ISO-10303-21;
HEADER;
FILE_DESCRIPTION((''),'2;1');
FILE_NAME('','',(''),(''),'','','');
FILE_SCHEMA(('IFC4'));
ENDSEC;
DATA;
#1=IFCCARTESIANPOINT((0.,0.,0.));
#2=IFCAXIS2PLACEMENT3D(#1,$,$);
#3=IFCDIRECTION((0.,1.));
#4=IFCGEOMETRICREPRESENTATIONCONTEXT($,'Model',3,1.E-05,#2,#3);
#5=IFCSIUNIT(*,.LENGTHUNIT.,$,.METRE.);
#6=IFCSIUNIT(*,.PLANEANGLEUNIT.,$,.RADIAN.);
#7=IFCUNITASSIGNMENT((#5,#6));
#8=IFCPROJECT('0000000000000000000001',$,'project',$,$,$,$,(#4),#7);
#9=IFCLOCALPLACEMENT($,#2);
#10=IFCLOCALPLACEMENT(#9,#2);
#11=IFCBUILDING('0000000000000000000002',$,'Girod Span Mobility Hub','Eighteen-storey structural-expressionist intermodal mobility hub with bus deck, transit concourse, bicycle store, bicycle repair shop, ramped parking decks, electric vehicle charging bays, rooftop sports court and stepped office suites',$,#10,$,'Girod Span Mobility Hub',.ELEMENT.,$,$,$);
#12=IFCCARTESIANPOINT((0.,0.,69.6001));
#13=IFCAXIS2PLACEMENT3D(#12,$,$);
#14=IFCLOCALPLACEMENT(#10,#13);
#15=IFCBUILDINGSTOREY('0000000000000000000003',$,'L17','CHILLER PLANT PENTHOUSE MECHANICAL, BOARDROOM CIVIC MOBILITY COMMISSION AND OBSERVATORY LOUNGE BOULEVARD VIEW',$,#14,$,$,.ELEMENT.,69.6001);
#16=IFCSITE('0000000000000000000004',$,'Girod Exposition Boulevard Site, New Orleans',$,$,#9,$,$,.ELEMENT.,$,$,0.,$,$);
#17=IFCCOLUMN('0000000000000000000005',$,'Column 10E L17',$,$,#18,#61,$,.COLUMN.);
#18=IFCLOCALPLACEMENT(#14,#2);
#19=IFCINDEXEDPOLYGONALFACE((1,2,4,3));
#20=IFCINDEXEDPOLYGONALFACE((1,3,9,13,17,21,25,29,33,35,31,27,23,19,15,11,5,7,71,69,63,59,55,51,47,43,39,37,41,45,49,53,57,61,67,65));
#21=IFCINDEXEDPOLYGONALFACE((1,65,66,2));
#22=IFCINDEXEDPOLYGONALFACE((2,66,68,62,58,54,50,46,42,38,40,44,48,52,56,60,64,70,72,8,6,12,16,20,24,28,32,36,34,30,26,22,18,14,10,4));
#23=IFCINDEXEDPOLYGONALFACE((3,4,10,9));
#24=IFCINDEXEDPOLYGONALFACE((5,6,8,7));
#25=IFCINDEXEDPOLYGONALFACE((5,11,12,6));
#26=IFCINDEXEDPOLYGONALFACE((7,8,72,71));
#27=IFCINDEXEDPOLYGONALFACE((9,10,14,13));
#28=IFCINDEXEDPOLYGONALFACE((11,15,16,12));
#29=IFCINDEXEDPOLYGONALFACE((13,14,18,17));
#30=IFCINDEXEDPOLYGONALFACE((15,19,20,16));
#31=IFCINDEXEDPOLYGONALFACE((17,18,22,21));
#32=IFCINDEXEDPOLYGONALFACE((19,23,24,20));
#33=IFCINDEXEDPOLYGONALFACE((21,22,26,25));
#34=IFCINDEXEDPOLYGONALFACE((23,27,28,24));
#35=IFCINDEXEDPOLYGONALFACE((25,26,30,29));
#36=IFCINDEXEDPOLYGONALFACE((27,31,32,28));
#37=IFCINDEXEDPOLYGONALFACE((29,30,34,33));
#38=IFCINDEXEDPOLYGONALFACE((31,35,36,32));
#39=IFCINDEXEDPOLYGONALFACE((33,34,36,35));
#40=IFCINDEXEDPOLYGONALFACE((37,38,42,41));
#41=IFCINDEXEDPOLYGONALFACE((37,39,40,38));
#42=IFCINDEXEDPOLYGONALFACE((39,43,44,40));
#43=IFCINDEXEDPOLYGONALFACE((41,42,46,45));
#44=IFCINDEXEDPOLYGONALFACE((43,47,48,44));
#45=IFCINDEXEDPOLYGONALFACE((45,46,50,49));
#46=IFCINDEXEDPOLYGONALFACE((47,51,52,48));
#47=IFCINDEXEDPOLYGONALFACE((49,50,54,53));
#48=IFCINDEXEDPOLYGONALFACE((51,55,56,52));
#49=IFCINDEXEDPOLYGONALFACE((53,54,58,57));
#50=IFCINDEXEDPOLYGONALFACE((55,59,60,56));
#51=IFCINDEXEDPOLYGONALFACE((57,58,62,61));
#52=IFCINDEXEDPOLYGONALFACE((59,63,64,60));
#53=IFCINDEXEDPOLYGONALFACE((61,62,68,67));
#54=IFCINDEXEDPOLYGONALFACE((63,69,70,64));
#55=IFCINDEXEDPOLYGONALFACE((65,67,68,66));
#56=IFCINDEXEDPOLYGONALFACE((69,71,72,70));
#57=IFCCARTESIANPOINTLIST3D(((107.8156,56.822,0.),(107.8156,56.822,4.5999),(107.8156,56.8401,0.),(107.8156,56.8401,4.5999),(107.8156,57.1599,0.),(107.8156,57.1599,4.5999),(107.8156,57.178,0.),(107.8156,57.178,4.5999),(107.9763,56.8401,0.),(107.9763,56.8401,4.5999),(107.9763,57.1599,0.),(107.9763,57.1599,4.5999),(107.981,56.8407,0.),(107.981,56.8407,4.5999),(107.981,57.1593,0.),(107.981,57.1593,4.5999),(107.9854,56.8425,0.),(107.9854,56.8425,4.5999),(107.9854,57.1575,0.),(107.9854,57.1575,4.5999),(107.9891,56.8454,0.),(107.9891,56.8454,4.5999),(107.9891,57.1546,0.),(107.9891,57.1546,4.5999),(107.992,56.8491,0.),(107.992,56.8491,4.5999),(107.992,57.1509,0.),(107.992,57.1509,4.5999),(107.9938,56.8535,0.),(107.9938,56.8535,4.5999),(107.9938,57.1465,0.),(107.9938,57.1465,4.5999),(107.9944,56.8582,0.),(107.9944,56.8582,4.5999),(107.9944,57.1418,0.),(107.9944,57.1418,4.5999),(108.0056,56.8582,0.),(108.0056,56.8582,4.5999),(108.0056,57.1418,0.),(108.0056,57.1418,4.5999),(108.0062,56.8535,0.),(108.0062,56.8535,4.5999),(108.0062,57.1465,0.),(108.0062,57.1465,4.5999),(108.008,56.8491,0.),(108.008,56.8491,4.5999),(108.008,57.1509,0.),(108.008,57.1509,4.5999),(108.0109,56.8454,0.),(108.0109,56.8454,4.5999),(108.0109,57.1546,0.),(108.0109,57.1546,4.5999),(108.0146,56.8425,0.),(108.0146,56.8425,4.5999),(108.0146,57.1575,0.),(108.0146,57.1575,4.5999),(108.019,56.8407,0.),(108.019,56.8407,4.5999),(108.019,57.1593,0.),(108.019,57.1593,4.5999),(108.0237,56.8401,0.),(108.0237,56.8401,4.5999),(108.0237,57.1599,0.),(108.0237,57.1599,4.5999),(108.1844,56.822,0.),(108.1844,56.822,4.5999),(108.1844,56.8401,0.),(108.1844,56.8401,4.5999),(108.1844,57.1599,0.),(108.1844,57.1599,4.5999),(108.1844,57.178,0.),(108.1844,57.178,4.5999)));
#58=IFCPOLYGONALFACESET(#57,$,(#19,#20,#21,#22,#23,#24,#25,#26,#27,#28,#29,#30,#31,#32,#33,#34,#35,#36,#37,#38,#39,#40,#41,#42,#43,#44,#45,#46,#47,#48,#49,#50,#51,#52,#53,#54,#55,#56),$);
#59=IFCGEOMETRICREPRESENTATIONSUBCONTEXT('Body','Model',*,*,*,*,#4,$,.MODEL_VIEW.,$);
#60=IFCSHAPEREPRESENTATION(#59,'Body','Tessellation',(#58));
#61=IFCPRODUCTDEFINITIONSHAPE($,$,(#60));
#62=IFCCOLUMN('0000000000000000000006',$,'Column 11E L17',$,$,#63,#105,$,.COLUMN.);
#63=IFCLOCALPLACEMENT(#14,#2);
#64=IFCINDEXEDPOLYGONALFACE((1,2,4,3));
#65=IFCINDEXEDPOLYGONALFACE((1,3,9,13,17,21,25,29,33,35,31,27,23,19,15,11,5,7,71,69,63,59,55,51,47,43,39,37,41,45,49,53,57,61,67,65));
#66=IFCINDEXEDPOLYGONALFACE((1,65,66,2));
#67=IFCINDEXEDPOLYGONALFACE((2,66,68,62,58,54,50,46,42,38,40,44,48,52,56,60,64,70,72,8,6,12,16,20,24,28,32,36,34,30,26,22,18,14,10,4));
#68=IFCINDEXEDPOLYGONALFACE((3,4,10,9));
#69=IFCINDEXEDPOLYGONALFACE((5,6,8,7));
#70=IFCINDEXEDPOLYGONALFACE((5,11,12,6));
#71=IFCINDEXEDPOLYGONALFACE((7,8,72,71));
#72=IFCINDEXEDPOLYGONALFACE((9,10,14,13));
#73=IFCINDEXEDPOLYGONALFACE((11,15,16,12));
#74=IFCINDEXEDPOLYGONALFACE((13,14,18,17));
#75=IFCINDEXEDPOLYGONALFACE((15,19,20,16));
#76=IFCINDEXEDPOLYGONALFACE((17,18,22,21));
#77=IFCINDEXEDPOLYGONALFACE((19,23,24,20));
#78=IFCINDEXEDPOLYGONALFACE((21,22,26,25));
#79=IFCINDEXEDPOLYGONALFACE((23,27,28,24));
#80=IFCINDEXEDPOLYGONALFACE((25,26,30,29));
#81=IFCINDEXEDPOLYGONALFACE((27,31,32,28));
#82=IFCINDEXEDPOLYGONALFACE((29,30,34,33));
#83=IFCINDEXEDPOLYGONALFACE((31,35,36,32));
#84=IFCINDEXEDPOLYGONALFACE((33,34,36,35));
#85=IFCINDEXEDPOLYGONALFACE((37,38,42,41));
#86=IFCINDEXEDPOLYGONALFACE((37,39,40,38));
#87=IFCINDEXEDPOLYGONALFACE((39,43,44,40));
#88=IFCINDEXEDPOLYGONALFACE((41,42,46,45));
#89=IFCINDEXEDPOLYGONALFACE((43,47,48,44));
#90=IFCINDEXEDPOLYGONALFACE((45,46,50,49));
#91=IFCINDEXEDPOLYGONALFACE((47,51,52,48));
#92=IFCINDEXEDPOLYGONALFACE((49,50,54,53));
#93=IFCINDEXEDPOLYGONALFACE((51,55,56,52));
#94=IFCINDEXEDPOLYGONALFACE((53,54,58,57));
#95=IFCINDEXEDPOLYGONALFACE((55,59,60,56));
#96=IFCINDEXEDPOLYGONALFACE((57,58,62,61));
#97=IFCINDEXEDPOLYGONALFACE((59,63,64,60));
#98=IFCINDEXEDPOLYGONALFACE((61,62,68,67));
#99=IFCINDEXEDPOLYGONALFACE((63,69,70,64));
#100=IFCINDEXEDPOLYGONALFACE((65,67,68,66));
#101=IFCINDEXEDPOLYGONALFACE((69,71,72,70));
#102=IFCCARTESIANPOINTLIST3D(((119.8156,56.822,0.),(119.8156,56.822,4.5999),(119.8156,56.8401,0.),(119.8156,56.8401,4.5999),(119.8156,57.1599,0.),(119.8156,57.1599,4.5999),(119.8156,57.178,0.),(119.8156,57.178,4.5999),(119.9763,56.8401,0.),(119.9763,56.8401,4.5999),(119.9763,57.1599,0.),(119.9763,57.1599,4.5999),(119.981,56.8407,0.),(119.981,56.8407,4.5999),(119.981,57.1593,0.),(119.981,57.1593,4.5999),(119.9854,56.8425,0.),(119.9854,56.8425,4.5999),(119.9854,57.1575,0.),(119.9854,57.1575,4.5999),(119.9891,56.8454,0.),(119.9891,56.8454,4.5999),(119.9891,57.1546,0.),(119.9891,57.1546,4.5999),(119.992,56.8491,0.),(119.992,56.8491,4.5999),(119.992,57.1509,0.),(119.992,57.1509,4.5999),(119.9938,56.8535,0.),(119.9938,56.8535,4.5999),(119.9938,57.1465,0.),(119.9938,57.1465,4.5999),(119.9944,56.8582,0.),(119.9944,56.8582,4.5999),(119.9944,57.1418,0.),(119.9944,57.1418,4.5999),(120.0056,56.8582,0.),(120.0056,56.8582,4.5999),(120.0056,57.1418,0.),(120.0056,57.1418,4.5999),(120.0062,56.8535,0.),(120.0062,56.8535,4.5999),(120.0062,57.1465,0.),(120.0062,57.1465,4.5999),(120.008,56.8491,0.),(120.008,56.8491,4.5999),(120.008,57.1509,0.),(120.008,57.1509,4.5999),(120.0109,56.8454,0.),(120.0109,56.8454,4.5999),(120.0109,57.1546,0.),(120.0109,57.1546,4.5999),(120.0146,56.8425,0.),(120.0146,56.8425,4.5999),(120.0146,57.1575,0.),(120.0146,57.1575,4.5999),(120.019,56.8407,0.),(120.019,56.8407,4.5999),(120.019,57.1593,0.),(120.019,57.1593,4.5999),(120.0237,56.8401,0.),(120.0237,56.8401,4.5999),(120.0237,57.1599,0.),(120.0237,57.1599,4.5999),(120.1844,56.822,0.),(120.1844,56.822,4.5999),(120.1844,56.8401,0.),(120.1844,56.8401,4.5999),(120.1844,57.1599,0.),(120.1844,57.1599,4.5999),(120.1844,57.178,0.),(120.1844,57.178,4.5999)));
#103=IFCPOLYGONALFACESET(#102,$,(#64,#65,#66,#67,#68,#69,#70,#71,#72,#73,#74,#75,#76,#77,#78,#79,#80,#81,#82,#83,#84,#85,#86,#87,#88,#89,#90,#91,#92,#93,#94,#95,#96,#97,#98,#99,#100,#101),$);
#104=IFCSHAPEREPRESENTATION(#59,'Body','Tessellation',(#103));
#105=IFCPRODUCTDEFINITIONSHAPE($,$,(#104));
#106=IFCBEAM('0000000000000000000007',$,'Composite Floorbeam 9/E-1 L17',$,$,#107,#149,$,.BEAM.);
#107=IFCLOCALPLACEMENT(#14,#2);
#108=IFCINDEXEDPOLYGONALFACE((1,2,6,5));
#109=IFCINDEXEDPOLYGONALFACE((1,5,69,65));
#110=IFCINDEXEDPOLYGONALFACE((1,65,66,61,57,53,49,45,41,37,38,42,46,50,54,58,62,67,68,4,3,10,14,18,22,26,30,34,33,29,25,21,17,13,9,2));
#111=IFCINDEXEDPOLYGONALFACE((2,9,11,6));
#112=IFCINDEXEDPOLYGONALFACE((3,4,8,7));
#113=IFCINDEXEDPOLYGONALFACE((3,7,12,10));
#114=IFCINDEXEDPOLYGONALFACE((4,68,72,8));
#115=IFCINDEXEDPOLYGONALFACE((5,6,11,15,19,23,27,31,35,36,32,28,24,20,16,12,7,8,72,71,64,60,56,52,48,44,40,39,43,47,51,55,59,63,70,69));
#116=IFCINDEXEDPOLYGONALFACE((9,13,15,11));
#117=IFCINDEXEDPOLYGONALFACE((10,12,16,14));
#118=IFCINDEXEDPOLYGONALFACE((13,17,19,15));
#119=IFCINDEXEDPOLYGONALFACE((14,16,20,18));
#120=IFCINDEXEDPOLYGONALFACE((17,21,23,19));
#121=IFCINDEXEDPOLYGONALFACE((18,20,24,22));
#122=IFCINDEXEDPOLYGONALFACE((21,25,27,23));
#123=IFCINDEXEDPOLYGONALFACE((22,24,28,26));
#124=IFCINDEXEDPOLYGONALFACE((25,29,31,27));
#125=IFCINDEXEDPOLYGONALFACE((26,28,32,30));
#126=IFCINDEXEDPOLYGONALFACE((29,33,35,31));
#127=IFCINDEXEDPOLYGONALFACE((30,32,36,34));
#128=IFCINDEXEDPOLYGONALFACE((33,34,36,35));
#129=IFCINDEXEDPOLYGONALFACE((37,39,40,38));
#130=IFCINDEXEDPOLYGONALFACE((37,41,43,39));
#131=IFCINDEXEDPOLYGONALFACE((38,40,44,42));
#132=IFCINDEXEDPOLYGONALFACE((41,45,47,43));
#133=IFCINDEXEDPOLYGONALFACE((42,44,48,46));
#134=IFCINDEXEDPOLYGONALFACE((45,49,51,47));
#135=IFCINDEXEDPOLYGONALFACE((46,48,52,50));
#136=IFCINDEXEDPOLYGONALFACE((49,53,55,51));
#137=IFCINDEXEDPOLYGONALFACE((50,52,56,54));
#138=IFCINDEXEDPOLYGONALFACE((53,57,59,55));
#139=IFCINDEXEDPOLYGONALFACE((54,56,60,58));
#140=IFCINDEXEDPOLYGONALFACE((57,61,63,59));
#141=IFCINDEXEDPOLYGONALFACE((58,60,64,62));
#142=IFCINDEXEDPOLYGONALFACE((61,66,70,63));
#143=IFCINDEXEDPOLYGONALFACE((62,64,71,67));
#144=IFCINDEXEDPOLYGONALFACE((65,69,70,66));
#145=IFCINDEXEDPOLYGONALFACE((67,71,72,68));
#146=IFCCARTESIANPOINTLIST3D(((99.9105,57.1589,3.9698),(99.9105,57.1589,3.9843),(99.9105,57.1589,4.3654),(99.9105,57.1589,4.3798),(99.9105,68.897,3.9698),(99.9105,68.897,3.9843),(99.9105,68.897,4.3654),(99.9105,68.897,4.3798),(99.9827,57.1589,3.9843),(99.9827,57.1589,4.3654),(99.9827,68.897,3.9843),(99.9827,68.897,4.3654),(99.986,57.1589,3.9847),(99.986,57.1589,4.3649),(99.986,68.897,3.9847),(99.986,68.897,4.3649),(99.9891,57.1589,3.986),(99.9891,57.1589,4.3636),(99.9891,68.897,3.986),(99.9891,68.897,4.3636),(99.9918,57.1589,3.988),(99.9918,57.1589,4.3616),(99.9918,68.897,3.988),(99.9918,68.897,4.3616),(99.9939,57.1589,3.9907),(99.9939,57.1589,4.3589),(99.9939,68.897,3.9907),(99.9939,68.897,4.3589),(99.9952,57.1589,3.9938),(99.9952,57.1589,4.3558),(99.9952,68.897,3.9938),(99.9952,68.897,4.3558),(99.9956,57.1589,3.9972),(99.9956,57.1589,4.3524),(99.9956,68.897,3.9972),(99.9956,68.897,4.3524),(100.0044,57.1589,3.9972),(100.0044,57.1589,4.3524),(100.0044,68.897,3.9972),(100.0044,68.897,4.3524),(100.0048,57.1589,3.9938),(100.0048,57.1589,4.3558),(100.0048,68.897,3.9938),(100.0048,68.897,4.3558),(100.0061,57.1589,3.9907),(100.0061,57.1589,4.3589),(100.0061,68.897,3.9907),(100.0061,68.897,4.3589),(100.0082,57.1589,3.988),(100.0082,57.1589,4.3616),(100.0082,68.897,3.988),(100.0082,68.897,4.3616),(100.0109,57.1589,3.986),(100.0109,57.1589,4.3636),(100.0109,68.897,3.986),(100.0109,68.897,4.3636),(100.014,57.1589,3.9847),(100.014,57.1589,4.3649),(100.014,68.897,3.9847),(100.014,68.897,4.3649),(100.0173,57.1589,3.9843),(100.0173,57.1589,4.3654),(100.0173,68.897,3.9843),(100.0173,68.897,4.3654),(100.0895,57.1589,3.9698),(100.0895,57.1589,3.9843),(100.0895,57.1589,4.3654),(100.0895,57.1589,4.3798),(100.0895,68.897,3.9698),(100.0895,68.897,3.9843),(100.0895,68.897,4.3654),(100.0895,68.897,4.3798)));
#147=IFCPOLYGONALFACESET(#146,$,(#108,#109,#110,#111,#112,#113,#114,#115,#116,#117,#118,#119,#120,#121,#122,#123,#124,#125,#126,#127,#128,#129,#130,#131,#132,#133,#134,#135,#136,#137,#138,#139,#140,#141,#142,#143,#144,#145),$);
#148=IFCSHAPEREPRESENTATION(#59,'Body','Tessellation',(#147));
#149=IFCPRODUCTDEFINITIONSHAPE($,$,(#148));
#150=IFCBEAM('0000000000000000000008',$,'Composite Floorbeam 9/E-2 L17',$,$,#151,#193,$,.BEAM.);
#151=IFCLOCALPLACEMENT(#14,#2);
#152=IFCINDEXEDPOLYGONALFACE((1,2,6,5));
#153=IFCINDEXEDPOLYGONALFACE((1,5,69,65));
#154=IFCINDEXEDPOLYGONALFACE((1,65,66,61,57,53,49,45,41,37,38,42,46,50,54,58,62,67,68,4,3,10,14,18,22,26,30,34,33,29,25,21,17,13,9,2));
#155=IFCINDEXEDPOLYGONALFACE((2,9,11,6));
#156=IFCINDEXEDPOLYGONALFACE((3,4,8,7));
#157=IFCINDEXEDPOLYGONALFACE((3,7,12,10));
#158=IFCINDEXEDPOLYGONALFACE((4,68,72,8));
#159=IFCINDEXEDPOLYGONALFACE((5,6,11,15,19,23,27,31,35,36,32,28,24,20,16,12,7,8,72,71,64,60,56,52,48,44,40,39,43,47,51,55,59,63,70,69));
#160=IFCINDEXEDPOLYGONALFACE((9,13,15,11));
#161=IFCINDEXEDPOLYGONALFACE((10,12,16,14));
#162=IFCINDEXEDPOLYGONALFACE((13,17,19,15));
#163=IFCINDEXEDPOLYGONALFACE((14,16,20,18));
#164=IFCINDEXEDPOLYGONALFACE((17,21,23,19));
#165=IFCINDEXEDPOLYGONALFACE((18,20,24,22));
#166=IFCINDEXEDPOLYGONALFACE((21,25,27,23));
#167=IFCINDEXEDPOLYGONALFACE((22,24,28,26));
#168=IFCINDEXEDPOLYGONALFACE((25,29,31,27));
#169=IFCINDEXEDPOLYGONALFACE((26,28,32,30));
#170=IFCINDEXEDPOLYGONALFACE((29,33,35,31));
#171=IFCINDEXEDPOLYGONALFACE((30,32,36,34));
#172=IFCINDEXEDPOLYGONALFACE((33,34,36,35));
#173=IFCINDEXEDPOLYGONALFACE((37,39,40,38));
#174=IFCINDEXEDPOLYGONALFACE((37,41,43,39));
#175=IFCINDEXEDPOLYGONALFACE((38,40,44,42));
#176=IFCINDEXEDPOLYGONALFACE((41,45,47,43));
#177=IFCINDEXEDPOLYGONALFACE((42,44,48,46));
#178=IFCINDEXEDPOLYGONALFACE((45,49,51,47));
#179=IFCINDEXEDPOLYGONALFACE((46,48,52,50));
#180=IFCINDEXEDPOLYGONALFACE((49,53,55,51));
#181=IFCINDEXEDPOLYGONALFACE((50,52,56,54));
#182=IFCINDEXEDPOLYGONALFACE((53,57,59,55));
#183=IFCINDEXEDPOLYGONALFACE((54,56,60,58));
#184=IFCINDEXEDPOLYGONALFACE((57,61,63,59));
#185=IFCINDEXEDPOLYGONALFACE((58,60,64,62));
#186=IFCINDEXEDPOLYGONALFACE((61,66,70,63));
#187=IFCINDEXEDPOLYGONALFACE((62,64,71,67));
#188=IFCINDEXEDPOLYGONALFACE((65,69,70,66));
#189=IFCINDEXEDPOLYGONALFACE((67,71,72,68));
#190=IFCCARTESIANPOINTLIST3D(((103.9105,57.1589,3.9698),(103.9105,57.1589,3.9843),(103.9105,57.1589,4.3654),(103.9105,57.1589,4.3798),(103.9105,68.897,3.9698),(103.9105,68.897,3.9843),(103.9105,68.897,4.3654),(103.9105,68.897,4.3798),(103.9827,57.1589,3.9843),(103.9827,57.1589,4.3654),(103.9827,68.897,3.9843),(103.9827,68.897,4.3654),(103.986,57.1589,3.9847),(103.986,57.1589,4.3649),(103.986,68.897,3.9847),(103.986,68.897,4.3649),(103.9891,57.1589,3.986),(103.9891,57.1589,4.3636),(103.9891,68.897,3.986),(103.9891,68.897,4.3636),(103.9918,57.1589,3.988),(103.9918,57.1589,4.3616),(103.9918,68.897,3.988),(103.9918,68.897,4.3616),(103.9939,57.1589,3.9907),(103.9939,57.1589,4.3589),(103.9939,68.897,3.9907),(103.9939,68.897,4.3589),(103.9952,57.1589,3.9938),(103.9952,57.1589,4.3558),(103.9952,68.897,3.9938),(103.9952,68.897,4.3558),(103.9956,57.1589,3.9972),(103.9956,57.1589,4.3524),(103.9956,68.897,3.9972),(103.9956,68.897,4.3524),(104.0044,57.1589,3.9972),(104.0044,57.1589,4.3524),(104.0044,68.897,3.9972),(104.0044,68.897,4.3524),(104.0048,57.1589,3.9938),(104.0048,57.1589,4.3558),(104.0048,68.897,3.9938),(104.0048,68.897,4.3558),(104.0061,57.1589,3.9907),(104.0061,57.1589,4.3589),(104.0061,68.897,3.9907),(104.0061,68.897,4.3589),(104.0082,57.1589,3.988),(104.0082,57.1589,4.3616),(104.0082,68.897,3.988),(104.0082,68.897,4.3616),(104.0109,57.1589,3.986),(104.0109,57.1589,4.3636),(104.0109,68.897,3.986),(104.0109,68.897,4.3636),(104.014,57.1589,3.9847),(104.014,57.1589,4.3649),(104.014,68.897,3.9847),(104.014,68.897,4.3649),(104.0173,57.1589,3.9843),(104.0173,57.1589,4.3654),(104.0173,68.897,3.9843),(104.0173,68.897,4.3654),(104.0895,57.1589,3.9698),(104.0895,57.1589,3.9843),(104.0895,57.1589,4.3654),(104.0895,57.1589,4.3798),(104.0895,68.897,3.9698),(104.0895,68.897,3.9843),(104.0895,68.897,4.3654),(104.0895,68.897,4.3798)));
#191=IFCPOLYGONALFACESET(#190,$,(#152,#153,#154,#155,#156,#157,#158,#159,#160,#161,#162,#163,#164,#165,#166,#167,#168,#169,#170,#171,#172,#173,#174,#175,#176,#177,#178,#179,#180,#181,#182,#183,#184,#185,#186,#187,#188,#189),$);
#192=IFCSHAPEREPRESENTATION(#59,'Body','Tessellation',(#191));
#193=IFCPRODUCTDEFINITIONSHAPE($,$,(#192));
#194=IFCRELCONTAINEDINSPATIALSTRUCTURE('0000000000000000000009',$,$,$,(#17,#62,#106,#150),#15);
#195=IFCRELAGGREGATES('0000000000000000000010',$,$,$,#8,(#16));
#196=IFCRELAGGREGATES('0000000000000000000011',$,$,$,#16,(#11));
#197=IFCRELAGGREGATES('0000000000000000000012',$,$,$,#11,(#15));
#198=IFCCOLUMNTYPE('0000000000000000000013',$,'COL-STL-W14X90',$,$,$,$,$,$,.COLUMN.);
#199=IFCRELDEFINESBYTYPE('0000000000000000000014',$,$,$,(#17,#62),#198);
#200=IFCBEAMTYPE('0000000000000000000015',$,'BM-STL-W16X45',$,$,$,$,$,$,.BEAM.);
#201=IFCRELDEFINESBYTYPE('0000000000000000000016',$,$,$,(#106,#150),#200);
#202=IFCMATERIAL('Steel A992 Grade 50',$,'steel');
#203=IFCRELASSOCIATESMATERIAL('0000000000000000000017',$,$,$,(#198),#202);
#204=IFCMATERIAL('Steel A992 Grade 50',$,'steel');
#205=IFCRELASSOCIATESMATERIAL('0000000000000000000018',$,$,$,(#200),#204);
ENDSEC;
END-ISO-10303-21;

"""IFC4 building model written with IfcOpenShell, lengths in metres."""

from ifc_helpers import new_model, si_unit, direction, frame, origin, origin_2d, place, context, subcontext, project, spatial, i_section, extrude, material, material_profile, profile_set, type_object, element, save


model = new_model("IFC4")

# Units and contexts
model_context = context("Model", 3, precision=1e-05, world=origin(), true_north=direction((0.0, 1.0)))
body_context = subcontext(model_context, "Body", "Model", "MODEL_VIEW")
ifc_project = project(units=[si_unit("LENGTHUNIT", "METRE"), si_unit("PLANEANGLEUNIT", "RADIAN")], contexts=[model_context])

# Site, building, storey
site_placement = place(None, origin())
site = spatial("IfcSite", under=ifc_project, at=site_placement, Name="Girod Exposition Boulevard Site, New Orleans", CompositionType="ELEMENT", RefElevation=0.0)
building_placement = place(site_placement, origin())
building = spatial("IfcBuilding", under=site, at=building_placement, Name="Girod Span Mobility Hub", Description="Eighteen-storey structural-expressionist intermodal mobility hub with bus deck, transit concourse, bicycle store, bicycle repair shop, ramped parking decks, electric vehicle charging bays, rooftop sports court and stepped office suites", LongName="Girod Span Mobility Hub", CompositionType="ELEMENT")
storey_placement = place(building_placement, frame((0.0, 0.0, 69.6001)))
storey = spatial("IfcBuildingStorey", under=building, at=storey_placement, Name="L17", Description="CHILLER PLANT PENTHOUSE MECHANICAL, BOARDROOM CIVIC MOBILITY COMMISSION AND OBSERVATORY LOUNGE BOULEVARD VIEW", CompositionType="ELEMENT", Elevation=69.6001)

# Columns
ifc_material_1 = material(Name="Steel A992 Grade 50", Category="steel")
ifc_material_profile_1 = material_profile(ifc_material_1, i_section(OverallWidth=0.3689, OverallDepth=0.356, WebThickness=0.0112, FlangeThickness=0.0181, FilletRadius=0.0181, at=origin_2d()), Name="W14X90")
ifc_profile_set_1 = profile_set([ifc_material_profile_1], Name="Steel A992 Grade 50")
column_type = type_object("IfcColumnType", Name="COL-STL-W14X90", PredefinedType="COLUMN", material=ifc_profile_set_1)
for number, where, z_axis, x_axis, name in (
    (1, (108.0, 57.0, 0.0), (0.0, 0.0, 1.0), (1.0, 0.0, 0.0), "Column 10E L17"),
    (2, (120.0, 57.0, 0.0), (0.0, 0.0, 1.0), (1.0, 0.0, 0.0), "Column 11E L17"),
):
    element("IfcColumn", number, at=place(storey_placement, frame(where, z_axis=z_axis, x_axis=x_axis)), inside=storey, type_object=column_type, Name=name, PredefinedType="COLUMN", context=body_context, shape_type="SweptSolid", body=[
        extrude(i_section(OverallWidth=0.3689, OverallDepth=0.356, WebThickness=0.0112, FlangeThickness=0.0181, FilletRadius=0.0181, at=origin_2d()), origin(), (0.0, 0.0, 1.0), 4.5999),
    ])

# Beams
ifc_material_2 = material(Name="Steel A992 Grade 50", Category="steel")
ifc_material_profile_2 = material_profile(ifc_material_2, i_section(OverallWidth=0.179, OverallDepth=0.4099, WebThickness=0.0088, FlangeThickness=0.0144, FilletRadius=0.0129, at=origin_2d()), Name="W16X45")
ifc_profile_set_2 = profile_set([ifc_material_profile_2], Name="Steel A992 Grade 50")
beam_type = type_object("IfcBeamType", Name="BM-STL-W16X45", PredefinedType="BEAM", material=ifc_profile_set_2)
for number, where, z_axis, x_axis, name in (
    (3, (100.0, 57.1589, 4.1748), (0.0, 1.0, 0.0), (-1.0, 0.0, 0.0), "Composite Floorbeam 9/E-1 L17"),
    (4, (104.0, 57.1589, 4.1748), (0.0, 1.0, 0.0), (-1.0, 0.0, 0.0), "Composite Floorbeam 9/E-2 L17"),
):
    element("IfcBeam", number, at=place(storey_placement, frame(where, z_axis=z_axis, x_axis=x_axis)), inside=storey, type_object=beam_type, Name=name, PredefinedType="BEAM", context=body_context, shape_type="SweptSolid", body=[
        extrude(i_section(OverallWidth=0.179, OverallDepth=0.4099, WebThickness=0.0088, FlangeThickness=0.0144, FilletRadius=0.0129, at=origin_2d()), origin(), (0.0, 0.0, 1.0), 11.738),
    ])

save(model, "model.ifc")
